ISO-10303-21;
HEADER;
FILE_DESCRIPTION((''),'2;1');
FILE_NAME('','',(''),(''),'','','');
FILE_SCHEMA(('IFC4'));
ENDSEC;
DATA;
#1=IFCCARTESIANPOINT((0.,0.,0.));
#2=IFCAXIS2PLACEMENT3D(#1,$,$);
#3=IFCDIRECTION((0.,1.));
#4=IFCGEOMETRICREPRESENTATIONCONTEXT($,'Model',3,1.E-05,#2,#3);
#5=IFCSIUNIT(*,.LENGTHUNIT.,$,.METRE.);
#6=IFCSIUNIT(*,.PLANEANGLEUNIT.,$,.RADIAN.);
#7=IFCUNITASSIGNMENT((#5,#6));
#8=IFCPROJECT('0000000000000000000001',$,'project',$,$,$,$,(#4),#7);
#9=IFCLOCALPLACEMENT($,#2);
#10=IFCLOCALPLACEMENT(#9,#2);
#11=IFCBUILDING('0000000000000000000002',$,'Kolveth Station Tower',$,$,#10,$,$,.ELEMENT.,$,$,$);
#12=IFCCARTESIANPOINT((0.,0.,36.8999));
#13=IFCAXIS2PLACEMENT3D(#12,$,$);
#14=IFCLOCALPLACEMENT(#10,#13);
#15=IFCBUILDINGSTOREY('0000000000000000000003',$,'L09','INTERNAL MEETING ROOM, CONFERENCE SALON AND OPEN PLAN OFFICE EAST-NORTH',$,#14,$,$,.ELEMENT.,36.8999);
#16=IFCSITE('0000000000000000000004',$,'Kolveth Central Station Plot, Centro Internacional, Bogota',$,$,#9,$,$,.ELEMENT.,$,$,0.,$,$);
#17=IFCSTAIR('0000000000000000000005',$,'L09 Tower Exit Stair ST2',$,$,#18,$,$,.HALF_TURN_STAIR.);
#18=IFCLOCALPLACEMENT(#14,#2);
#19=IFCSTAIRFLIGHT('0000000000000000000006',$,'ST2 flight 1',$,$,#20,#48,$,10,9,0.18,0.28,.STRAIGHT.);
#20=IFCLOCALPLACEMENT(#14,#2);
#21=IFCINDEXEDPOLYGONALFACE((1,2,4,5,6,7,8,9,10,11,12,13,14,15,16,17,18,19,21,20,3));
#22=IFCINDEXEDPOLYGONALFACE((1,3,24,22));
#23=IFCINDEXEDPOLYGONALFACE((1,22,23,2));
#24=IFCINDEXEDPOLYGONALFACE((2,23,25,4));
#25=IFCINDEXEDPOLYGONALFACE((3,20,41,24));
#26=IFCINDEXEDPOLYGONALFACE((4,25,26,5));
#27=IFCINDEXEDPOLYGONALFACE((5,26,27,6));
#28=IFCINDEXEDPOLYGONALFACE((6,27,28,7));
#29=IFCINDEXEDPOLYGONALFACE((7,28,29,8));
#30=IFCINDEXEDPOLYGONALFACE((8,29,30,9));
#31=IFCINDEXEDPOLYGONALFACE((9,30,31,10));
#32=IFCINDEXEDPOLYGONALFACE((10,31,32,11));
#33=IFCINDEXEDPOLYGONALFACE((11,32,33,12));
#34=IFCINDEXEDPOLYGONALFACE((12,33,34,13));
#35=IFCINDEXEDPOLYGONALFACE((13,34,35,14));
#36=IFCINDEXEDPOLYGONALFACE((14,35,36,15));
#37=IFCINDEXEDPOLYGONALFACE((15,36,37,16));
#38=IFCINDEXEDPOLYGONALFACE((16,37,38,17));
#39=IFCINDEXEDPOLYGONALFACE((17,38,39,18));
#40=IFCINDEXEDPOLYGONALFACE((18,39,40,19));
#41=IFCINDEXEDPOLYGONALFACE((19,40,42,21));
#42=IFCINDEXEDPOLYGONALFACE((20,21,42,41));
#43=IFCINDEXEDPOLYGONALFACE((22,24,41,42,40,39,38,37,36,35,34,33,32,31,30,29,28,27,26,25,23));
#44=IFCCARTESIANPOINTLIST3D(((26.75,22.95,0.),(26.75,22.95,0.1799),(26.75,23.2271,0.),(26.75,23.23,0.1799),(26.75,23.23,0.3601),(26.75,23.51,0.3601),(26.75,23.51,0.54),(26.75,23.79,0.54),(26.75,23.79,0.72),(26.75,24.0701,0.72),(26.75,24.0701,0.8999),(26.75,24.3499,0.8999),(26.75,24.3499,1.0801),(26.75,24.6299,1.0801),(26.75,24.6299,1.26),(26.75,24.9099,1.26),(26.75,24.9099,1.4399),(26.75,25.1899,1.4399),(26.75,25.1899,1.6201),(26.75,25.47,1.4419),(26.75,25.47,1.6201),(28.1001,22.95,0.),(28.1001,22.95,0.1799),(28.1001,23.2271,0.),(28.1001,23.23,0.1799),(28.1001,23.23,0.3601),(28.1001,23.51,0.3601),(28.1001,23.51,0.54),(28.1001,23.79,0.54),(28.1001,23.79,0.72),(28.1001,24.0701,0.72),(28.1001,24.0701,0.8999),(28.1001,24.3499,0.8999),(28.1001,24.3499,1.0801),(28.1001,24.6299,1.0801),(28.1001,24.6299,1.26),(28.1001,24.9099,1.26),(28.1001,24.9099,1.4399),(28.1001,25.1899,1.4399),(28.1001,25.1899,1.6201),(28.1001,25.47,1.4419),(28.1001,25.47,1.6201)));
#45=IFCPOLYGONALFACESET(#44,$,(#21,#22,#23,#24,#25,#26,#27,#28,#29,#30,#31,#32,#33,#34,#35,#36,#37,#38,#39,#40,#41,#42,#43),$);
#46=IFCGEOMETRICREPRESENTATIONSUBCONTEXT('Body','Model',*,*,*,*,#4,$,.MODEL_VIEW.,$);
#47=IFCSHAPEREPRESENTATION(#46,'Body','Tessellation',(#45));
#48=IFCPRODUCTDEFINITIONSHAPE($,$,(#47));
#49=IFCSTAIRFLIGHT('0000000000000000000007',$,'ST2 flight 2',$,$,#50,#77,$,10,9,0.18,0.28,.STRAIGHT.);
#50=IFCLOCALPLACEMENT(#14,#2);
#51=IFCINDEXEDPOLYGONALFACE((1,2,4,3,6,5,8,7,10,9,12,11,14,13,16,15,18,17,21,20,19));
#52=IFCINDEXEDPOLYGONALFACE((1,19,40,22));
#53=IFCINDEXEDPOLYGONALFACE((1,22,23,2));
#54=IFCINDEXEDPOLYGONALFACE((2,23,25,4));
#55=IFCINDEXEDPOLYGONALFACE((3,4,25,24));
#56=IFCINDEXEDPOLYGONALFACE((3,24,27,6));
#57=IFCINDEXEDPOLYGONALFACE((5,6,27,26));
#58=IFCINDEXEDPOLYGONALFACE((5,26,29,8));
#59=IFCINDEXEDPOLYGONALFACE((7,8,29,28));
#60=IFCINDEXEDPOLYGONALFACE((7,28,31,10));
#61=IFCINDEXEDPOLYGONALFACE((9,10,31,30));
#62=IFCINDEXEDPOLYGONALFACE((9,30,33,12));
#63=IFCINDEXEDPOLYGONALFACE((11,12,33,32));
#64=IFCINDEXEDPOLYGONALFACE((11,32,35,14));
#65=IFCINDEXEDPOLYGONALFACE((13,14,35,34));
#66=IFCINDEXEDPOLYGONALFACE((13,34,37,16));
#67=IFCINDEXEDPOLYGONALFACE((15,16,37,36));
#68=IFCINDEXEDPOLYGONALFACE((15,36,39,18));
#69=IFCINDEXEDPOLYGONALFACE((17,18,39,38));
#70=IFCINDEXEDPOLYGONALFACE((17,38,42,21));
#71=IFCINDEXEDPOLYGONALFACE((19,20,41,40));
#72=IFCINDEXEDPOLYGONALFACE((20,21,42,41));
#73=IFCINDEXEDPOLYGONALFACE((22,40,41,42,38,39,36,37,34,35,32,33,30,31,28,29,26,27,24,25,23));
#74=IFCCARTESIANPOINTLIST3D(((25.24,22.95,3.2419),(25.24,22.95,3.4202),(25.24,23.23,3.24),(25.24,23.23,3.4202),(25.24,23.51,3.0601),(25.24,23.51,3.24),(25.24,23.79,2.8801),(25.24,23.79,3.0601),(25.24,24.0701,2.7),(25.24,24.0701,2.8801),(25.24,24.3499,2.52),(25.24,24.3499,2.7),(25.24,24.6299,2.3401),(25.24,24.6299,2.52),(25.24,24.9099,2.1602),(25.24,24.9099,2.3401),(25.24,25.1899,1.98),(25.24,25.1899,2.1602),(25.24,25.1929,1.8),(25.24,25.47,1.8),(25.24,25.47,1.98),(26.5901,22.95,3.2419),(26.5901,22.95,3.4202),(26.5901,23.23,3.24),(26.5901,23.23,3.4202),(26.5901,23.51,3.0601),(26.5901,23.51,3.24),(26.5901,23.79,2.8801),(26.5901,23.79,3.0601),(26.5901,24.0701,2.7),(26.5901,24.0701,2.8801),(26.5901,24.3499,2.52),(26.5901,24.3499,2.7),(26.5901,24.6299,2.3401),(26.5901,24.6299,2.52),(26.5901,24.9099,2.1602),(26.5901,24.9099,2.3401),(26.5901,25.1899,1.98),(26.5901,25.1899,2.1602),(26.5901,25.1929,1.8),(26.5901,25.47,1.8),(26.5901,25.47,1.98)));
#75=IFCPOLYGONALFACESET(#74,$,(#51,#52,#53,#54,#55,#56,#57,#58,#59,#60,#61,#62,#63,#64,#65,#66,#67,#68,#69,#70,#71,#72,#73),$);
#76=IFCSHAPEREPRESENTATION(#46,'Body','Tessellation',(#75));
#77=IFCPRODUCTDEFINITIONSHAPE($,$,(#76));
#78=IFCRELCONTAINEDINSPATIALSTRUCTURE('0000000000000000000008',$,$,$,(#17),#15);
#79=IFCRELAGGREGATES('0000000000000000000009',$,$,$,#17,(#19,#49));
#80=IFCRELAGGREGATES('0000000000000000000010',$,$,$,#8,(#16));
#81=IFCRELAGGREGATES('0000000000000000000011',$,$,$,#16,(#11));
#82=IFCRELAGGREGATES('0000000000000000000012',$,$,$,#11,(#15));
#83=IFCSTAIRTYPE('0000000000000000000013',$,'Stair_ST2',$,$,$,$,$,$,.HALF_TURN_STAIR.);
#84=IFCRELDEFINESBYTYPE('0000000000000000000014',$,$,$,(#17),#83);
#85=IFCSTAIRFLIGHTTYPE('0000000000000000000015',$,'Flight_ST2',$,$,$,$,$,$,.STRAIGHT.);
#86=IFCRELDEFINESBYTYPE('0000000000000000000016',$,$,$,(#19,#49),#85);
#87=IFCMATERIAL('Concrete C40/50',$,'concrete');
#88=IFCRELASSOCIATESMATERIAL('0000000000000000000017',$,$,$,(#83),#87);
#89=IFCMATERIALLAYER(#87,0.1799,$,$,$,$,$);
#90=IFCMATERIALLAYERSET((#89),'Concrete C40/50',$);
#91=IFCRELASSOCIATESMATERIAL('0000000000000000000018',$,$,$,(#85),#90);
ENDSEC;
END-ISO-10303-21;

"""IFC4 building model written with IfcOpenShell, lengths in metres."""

from ifc_helpers import new_model, si_unit, direction, frame, origin, place, context, subcontext, project, spatial, polyline, outline, extrude, material, layer, layer_set, type_object, element, aggregate, save


model = new_model("IFC4")

# Units and contexts
model_context = context("Model", 3, precision=1e-05, world=origin(), true_north=direction((0.0, 1.0)))
body_context = subcontext(model_context, "Body", "Model", "MODEL_VIEW")
ifc_project = project(units=[si_unit("LENGTHUNIT", "METRE"), si_unit("PLANEANGLEUNIT", "RADIAN")], contexts=[model_context])

# Site, building, storey
site_placement = place(None, origin())
site = spatial("IfcSite", under=ifc_project, at=site_placement, Name="Kolveth Central Station Plot, Centro Internacional, Bogota", CompositionType="ELEMENT", RefElevation=0.0)
building_placement = place(site_placement, origin())
building = spatial("IfcBuilding", under=site, at=building_placement, Name="Kolveth Station Tower", CompositionType="ELEMENT")
storey_placement = place(building_placement, frame((0.0, 0.0, 36.8999)))
storey = spatial("IfcBuildingStorey", under=building, at=storey_placement, Name="L09", Description="INTERNAL MEETING ROOM, CONFERENCE SALON AND OPEN PLAN OFFICE EAST-NORTH", CompositionType="ELEMENT", Elevation=36.8999)

# Shared definitions
ifc_material_1 = material(Name="Concrete C40/50", Category="concrete")

# Stair, stair flights
stair_type = type_object("IfcStairType", Name="Stair_ST2", PredefinedType="HALF_TURN_STAIR", material=ifc_material_1)
stair_placement = place(storey_placement, origin())
stair = element("IfcStair", 1, at=stair_placement, inside=storey, type_object=stair_type, Name="L09 Tower Exit Stair ST2", PredefinedType="HALF_TURN_STAIR")
ifc_layer_1 = layer(ifc_material_1, 0.1799)
ifc_layer_set_1 = layer_set([ifc_layer_1], Name="Concrete C40/50")
stair_flight_type = type_object("IfcStairFlightType", Name="Flight_ST2", PredefinedType="STRAIGHT", material=ifc_layer_set_1)
stair_flight_1_placement = place(storey_placement, frame((27.425, 22.95, 0.0), z_axis=(0.0, 0.0, 1.0), x_axis=(0.0, 1.0, 0.0)))
stair_flight_1 = element("IfcStairFlight", 2, at=stair_flight_1_placement, type_object=stair_flight_type, Name="ST2 flight 1", NumberOfRisers=10, NumberOfTreads=9, PredefinedType="STRAIGHT", RiserHeight=0.18, TreadLength=0.28, context=body_context, shape_type="SweptSolid", body=[
    extrude(outline(polyline([(0.0, 0.0), (0.0, 0.1799), (0.28, 0.1799), (0.28, 0.3601), (0.5601, 0.3601), (0.5601, 0.54), (0.8401, 0.54), (0.8401, 0.72), (1.1201, 0.72), (1.1201, 0.8999), (1.3999, 0.8999), (1.3999, 1.0801), (1.6799, 1.0801), (1.6799, 1.26), (1.96, 1.26), (1.96, 1.4399), (2.24, 1.4399), (2.24, 1.6201), (2.52, 1.6201), (2.52, 1.8), (2.52, 1.4419), (0.2771, 0.0), (0.0, 0.0)])), frame((0.0, 0.675, 0.0), z_axis=(0.0, -1.0, 0.0), x_axis=(1.0, 0.0, 0.0)), (0.0, 0.0, 1.0), 1.3501),
])
stair_flight_2_placement = place(storey_placement, frame((25.915, 25.47, 1.8), z_axis=(0.0, 0.0, 1.0), x_axis=(0.0, -1.0, 0.0)))
stair_flight_2 = element("IfcStairFlight", 3, at=stair_flight_2_placement, type_object=stair_flight_type, Name="ST2 flight 2", NumberOfRisers=10, NumberOfTreads=9, PredefinedType="STRAIGHT", RiserHeight=0.18, TreadLength=0.28, context=body_context, shape_type="SweptSolid", body=[
    extrude(outline(polyline([(0.0, 0.0), (0.0, 0.1799), (0.28, 0.1799), (0.28, 0.3601), (0.5601, 0.3601), (0.5601, 0.54), (0.8401, 0.54), (0.8401, 0.72), (1.1201, 0.72), (1.1201, 0.8999), (1.3999, 0.8999), (1.3999, 1.0801), (1.6799, 1.0801), (1.6799, 1.26), (1.96, 1.26), (1.96, 1.4399), (2.24, 1.4399), (2.24, 1.6201), (2.52, 1.6201), (2.52, 1.8), (2.52, 1.4419), (0.2771, 0.0), (0.0, 0.0)])), frame((0.0, 0.675, 0.0), z_axis=(0.0, -1.0, 0.0), x_axis=(1.0, 0.0, 0.0)), (0.0, 0.0, 1.0), 1.3501),
])
aggregate(stair, [stair_flight_1, stair_flight_2])

save(model, "model.ifc")
